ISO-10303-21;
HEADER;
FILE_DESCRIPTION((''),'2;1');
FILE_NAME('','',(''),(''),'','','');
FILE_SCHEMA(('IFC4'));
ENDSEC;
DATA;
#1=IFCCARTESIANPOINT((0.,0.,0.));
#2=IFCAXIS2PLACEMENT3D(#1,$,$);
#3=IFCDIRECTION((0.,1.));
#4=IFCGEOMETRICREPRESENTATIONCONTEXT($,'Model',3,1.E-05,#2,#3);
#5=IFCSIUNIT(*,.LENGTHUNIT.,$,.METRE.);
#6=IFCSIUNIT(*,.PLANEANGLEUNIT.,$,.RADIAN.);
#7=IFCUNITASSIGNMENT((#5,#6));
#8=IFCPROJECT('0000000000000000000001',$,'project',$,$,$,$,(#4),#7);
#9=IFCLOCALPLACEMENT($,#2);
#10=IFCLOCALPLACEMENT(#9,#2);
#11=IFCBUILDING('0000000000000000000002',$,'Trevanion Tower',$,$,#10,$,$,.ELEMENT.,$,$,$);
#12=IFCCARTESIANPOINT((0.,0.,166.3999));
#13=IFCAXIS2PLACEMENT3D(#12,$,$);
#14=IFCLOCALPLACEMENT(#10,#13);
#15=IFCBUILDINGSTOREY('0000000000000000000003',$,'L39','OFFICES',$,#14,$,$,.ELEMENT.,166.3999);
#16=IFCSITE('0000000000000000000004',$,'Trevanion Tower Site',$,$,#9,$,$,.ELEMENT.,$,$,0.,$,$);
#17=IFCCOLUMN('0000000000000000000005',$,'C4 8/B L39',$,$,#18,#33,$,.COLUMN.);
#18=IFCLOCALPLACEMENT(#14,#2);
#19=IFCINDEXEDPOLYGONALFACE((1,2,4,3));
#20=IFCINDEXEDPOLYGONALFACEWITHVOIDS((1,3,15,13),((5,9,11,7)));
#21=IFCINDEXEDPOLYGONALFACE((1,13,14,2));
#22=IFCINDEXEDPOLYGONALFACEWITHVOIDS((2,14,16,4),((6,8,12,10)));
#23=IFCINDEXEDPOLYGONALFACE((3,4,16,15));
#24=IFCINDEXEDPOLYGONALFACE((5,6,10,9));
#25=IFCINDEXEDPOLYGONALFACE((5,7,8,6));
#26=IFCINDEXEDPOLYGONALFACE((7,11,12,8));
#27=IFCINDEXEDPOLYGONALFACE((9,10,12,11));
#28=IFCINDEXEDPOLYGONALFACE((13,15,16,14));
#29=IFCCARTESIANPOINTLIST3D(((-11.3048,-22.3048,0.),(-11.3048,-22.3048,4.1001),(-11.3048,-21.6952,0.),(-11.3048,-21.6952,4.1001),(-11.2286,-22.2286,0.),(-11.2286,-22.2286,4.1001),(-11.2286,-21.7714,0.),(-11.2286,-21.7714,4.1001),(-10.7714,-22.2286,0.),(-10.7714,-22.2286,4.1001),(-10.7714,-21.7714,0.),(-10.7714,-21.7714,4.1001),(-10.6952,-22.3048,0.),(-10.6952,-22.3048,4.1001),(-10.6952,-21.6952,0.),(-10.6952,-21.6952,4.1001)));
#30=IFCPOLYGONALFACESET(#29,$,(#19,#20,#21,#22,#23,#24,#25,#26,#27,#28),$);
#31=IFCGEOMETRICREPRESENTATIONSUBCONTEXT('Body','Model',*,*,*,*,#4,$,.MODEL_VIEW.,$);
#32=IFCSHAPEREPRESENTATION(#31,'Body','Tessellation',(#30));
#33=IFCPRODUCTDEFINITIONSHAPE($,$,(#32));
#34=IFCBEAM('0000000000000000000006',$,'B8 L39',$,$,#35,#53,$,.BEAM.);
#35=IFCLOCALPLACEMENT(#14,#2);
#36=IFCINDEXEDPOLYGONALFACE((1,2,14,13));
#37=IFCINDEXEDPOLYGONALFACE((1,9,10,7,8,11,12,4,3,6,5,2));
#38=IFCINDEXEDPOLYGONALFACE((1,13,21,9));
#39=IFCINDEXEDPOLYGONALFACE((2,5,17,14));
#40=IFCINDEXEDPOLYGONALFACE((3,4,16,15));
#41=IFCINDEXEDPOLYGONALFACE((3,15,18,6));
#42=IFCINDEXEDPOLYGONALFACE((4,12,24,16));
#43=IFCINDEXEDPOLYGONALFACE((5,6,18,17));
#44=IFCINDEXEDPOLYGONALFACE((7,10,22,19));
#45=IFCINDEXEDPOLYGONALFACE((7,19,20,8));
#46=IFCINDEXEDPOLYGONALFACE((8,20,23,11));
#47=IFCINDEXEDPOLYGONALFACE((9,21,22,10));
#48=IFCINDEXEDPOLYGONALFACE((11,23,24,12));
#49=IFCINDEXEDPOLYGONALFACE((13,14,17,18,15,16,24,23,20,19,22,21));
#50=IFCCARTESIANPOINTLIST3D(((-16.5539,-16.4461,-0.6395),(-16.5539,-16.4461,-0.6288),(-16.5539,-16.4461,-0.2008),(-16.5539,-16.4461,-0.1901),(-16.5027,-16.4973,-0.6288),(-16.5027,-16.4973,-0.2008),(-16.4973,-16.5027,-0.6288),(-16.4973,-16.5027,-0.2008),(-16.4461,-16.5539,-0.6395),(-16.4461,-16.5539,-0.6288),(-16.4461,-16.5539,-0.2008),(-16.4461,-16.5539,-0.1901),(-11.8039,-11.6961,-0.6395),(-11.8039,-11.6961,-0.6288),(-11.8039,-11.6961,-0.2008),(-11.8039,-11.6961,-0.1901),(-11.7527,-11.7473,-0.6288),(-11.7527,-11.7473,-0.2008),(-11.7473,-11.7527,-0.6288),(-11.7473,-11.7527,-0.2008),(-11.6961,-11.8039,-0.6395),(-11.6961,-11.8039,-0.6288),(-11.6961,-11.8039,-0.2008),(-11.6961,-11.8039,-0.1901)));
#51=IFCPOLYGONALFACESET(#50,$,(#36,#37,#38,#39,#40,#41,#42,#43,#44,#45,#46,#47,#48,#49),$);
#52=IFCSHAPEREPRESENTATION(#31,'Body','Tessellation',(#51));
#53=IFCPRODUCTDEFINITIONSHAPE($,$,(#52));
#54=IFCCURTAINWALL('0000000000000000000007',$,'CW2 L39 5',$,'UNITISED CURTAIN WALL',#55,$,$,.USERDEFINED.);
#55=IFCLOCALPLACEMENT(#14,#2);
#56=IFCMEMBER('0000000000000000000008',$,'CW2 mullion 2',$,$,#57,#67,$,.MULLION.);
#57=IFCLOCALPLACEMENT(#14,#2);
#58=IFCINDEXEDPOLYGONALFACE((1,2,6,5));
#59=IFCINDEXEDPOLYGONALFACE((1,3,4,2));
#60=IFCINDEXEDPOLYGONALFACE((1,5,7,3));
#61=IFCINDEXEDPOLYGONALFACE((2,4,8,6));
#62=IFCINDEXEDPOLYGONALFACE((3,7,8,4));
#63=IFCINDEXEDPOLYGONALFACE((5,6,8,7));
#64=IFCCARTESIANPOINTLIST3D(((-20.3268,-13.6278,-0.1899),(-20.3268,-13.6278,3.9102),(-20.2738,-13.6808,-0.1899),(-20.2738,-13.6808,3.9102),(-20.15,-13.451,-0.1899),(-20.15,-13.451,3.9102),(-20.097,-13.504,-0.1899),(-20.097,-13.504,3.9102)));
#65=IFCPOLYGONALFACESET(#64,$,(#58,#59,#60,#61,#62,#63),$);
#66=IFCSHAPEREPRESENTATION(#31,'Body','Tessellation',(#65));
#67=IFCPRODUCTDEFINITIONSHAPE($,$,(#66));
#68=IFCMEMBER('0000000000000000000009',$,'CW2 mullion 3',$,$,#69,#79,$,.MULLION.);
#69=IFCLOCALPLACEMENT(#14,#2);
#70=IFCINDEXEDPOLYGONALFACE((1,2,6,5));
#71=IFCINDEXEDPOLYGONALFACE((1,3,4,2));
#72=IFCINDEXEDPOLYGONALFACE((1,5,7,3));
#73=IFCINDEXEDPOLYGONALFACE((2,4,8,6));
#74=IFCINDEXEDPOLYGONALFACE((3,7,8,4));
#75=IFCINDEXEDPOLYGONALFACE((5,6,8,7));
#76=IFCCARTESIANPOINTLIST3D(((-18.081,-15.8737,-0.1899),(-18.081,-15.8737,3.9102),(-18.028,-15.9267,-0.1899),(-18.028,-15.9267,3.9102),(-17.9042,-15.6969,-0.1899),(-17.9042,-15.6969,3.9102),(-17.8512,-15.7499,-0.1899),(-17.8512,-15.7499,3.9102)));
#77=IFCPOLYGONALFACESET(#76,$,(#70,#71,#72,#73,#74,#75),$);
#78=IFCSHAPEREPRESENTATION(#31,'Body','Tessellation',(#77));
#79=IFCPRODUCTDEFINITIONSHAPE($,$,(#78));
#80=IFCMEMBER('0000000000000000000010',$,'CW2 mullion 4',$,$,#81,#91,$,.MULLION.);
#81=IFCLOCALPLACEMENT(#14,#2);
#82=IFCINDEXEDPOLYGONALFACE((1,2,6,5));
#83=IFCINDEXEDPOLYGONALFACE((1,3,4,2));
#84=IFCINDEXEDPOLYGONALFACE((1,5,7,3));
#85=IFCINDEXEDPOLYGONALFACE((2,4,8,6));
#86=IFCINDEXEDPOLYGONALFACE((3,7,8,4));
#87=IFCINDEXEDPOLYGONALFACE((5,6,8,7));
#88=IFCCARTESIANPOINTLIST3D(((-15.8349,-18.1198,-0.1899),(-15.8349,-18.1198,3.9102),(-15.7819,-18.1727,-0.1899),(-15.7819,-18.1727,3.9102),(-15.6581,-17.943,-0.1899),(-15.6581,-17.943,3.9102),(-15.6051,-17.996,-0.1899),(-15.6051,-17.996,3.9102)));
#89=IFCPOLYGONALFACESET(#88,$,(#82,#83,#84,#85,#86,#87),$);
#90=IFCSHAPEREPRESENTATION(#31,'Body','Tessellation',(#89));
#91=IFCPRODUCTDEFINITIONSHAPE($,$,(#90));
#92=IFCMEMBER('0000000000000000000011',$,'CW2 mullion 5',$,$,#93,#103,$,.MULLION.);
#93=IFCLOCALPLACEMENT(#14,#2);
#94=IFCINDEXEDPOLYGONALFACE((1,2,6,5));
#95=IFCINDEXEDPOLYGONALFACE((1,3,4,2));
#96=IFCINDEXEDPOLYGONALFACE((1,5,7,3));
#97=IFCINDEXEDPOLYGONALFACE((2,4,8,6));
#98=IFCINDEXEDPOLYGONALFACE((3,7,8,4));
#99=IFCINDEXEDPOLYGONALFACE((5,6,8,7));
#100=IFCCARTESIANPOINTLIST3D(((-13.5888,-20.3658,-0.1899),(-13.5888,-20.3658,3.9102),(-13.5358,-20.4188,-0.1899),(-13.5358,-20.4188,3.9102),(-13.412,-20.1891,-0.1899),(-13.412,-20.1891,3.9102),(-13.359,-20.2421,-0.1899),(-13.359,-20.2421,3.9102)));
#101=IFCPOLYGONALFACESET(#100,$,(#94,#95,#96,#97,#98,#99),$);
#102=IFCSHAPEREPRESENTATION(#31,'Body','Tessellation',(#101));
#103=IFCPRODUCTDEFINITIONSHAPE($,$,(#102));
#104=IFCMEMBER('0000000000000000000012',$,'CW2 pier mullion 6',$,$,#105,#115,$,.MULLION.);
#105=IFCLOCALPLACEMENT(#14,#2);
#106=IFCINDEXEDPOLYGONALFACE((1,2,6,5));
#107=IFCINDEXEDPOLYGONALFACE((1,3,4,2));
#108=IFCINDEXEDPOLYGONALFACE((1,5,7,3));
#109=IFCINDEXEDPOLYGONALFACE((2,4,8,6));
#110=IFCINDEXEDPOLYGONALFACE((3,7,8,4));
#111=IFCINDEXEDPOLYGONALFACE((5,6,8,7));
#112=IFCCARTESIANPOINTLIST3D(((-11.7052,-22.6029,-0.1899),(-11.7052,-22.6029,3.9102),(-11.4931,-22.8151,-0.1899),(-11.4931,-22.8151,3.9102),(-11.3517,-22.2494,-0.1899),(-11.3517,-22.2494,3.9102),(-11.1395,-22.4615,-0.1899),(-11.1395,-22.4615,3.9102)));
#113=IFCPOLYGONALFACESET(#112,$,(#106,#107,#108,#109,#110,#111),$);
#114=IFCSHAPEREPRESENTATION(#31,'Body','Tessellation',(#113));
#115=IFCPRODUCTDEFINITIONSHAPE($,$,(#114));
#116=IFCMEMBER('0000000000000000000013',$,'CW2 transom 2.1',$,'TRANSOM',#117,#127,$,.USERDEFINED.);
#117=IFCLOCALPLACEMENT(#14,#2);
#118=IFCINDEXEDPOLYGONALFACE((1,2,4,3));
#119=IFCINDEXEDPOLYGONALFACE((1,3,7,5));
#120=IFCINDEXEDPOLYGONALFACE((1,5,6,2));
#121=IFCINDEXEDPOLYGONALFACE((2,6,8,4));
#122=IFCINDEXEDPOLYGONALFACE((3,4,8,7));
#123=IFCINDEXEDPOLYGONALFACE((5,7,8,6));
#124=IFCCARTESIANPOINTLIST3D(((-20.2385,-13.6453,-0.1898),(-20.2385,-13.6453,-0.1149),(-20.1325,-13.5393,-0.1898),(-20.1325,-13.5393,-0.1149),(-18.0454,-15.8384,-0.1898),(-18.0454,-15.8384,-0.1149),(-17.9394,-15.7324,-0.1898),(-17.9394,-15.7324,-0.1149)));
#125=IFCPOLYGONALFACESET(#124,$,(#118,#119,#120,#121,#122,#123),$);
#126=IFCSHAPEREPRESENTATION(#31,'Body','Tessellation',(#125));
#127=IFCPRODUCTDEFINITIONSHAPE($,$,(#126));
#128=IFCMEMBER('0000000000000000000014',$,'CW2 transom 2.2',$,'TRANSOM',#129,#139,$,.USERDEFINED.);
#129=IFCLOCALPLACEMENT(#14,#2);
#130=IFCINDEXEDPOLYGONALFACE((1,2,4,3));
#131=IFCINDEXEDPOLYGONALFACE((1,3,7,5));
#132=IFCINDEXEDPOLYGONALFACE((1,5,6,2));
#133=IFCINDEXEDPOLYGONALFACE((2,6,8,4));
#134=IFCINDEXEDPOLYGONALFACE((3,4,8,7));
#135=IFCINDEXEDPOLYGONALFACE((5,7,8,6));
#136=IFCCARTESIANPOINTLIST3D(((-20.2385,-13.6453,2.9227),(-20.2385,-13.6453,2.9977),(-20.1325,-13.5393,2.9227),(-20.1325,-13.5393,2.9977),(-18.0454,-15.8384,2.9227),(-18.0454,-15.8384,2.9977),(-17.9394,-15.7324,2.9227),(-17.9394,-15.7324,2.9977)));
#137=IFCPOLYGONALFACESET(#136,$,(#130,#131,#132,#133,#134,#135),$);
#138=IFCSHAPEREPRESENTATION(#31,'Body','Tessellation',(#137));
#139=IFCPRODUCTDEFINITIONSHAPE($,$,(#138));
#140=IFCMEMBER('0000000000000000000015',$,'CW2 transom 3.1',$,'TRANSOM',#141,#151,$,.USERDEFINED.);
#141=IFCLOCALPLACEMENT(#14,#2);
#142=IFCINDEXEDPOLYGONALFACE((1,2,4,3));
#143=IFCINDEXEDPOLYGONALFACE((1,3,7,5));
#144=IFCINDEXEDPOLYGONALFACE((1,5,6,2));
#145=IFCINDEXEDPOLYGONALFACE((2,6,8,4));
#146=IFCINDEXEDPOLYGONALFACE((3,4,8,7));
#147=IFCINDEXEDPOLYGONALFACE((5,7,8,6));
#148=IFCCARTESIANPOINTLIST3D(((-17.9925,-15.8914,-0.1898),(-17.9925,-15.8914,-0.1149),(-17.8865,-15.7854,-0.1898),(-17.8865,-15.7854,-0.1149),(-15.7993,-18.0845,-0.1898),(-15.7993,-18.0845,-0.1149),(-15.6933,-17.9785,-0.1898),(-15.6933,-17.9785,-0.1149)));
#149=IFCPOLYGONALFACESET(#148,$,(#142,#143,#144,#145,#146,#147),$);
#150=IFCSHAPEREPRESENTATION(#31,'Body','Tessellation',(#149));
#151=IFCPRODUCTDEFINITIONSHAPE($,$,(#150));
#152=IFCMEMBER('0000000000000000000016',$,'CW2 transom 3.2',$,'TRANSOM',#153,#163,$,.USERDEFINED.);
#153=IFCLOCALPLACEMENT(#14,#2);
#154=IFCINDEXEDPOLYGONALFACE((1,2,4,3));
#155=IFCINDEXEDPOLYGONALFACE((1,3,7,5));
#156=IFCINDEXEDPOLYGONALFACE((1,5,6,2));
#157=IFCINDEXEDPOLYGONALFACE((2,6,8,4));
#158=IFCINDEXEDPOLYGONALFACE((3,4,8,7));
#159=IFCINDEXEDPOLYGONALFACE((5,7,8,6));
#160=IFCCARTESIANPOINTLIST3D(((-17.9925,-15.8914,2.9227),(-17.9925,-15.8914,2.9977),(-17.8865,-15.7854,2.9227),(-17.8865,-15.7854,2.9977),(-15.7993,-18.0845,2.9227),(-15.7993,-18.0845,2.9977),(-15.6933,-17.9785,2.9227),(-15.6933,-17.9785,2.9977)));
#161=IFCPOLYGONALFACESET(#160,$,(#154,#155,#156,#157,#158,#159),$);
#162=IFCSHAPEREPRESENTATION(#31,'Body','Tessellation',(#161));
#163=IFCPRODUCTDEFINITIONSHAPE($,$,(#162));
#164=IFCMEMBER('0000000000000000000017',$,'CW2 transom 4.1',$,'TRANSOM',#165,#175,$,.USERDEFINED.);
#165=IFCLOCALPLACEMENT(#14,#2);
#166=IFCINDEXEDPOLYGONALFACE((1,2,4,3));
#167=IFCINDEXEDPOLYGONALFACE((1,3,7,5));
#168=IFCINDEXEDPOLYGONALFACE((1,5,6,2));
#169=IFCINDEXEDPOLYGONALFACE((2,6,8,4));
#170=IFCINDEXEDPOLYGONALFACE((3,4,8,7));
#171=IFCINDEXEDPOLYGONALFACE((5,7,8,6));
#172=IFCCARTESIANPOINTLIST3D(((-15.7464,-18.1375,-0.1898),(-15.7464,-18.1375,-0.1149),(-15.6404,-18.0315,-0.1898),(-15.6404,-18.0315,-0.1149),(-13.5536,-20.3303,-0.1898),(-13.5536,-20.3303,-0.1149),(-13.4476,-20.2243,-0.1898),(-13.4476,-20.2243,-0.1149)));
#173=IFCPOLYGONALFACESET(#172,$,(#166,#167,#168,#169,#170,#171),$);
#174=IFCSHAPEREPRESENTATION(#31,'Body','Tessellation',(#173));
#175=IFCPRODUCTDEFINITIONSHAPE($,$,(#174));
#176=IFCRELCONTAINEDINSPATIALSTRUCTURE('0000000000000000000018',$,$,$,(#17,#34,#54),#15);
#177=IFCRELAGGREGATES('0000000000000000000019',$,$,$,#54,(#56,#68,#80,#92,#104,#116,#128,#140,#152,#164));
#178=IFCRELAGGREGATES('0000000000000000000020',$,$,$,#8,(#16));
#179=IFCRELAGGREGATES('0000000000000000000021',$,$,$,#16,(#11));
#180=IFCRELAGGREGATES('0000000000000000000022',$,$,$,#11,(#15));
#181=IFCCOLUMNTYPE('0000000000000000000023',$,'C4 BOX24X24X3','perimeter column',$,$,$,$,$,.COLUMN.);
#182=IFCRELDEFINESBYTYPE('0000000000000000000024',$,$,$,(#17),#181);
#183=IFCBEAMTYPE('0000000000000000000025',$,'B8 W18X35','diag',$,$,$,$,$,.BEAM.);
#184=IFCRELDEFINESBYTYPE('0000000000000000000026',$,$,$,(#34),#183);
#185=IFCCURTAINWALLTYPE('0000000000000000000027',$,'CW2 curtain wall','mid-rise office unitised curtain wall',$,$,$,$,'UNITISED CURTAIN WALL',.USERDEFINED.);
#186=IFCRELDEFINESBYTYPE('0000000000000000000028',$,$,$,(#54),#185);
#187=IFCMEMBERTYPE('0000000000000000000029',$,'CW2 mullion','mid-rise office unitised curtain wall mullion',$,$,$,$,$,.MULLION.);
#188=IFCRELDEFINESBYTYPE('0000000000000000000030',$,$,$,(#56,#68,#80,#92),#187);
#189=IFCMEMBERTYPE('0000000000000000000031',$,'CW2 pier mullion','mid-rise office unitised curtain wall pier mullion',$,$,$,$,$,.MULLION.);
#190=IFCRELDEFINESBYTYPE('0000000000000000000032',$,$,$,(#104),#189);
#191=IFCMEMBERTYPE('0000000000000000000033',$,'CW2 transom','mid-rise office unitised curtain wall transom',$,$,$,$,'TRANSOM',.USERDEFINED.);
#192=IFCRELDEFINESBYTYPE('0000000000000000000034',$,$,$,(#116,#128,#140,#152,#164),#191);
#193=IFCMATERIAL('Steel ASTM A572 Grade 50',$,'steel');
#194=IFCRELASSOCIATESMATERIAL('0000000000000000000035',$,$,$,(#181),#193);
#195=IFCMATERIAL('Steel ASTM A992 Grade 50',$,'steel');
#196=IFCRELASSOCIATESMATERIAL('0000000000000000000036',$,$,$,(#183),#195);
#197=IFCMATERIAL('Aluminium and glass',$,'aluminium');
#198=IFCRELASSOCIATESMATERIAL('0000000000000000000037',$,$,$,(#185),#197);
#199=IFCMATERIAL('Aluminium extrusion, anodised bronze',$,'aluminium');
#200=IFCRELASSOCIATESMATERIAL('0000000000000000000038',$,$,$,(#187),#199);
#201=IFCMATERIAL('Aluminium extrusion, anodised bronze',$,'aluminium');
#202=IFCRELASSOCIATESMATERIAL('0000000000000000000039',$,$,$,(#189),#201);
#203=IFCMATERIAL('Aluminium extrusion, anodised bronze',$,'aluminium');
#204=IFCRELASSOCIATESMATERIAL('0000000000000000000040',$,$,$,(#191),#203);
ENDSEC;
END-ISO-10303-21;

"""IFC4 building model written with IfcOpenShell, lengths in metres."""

from ifc_helpers import new_model, si_unit, direction, frame, origin, origin_2d, place, context, subcontext, project, spatial, rectangle, hollow_rectangle, i_section, extrude, material, material_profile, profile_set, type_object, element, aggregate, save


model = new_model("IFC4")

# Units and contexts
model_context = context("Model", 3, precision=1e-05, world=origin(), true_north=direction((0.0, 1.0)))
body_context = subcontext(model_context, "Body", "Model", "MODEL_VIEW")
ifc_project = project(units=[si_unit("LENGTHUNIT", "METRE"), si_unit("PLANEANGLEUNIT", "RADIAN")], contexts=[model_context])

# Site, building, storey
site_placement = place(None, origin())
site = spatial("IfcSite", under=ifc_project, at=site_placement, Name="Trevanion Tower Site", CompositionType="ELEMENT", RefElevation=0.0)
building_placement = place(site_placement, origin())
building = spatial("IfcBuilding", under=site, at=building_placement, Name="Trevanion Tower", CompositionType="ELEMENT")
storey_placement = place(building_placement, frame((0.0, 0.0, 166.3999)))
storey = spatial("IfcBuildingStorey", under=building, at=storey_placement, Name="L39", Description="OFFICES", CompositionType="ELEMENT", Elevation=166.3999)

# Column
ifc_material_1 = material(Name="Steel ASTM A572 Grade 50", Category="steel")
ifc_material_profile_1 = material_profile(ifc_material_1, hollow_rectangle(XDim=0.6096, YDim=0.6096, WallThickness=0.0762, at=origin_2d()), Name="BOX24X24X3")
ifc_profile_set_1 = profile_set([ifc_material_profile_1], Name="Steel ASTM A572 Grade 50")
column_type = type_object("IfcColumnType", Name="C4 BOX24X24X3", Description="perimeter column", PredefinedType="COLUMN", material=ifc_profile_set_1)
column_placement = place(storey_placement, frame((-11.0, -22.0, 0.0), z_axis=(0.0, 0.0, 1.0), x_axis=(1.0, 0.0, 0.0)))
element("IfcColumn", 1, at=column_placement, inside=storey, type_object=column_type, Name="C4 8/B L39", PredefinedType="COLUMN", context=body_context, shape_type="SweptSolid", body=[
    extrude(hollow_rectangle(XDim=0.6096, YDim=0.6096, WallThickness=0.0762, at=origin_2d()), origin(), (0.0, 0.0, 1.0), 4.1001),
])

# Beam
ifc_material_2 = material(Name="Steel ASTM A992 Grade 50", Category="steel")
ifc_material_profile_2 = material_profile(ifc_material_2, i_section(OverallWidth=0.1523, OverallDepth=0.4495, WebThickness=0.0076, FlangeThickness=0.0107, at=origin_2d()), Name="W18X35")
ifc_profile_set_2 = profile_set([ifc_material_profile_2], Name="Steel ASTM A992 Grade 50")
beam_type_1 = type_object("IfcBeamType", Name="B8 W18X35", Description="diag", PredefinedType="BEAM", material=ifc_profile_set_2)
beam_1_placement = place(storey_placement, frame((-11.75, -11.75, -0.4148), z_axis=(-0.707107, -0.707107, 0.0), x_axis=(0.707107, -0.707107, 0.0)))
element("IfcBeam", 2, at=beam_1_placement, inside=storey, type_object=beam_type_1, Name="B8 L39", PredefinedType="BEAM", context=body_context, shape_type="SweptSolid", body=[
    extrude(i_section(OverallWidth=0.1523, OverallDepth=0.4495, WebThickness=0.0076, FlangeThickness=0.0107, at=origin_2d()), origin(), (0.0, 0.0, 1.0), 6.7175),
])

# Curtain wall, members
ifc_material_3 = material(Name="Aluminium and glass", Category="aluminium")
curtain_wall_type = type_object("IfcCurtainWallType", Name="CW2 curtain wall", Description="mid-rise office unitised curtain wall", ElementType="UNITISED CURTAIN WALL", PredefinedType="USERDEFINED", material=ifc_material_3)
curtain_wall_placement = place(storey_placement, origin())
curtain_wall = element("IfcCurtainWall", 3, at=curtain_wall_placement, inside=storey, type_object=curtain_wall_type, Name="CW2 L39 5", ObjectType="UNITISED CURTAIN WALL", PredefinedType="USERDEFINED")
ifc_material_4 = material(Name="Aluminium extrusion, anodised bronze", Category="aluminium")
ifc_material_profile_3 = material_profile(ifc_material_4, rectangle(XDim=0.075, YDim=0.25, at=origin_2d()), Name="CW2 mullion")
ifc_profile_set_3 = profile_set([ifc_material_profile_3], Name="Aluminium extrusion, anodised bronze")
member_type_1 = type_object("IfcMemberType", Name="CW2 mullion", Description="mid-rise office unitised curtain wall mullion", PredefinedType="MULLION", material=ifc_profile_set_3)
member_1_placement = place(storey_placement, frame((-20.2119, -13.5659, -0.1899), z_axis=(0.0, 0.0, 1.0), x_axis=(0.707107, -0.707107, 0.0)))
member_1 = element("IfcMember", 4, at=member_1_placement, type_object=member_type_1, Name="CW2 mullion 2", PredefinedType="MULLION", context=body_context, shape_type="SweptSolid", body=[
    extrude(rectangle(XDim=0.075, YDim=0.25, at=origin_2d()), origin(), (0.0, 0.0, 1.0), 4.1001),
])
member_2_placement = place(storey_placement, frame((-17.9661, -15.8118, -0.1899), z_axis=(0.0, 0.0, 1.0), x_axis=(0.707107, -0.707107, 0.0)))
member_2 = element("IfcMember", 5, at=member_2_placement, type_object=member_type_1, Name="CW2 mullion 3", PredefinedType="MULLION", context=body_context, shape_type="SweptSolid", body=[
    extrude(rectangle(XDim=0.075, YDim=0.25, at=origin_2d()), origin(), (0.0, 0.0, 1.0), 4.1001),
])
member_3_placement = place(storey_placement, frame((-15.72, -18.0579, -0.1899), z_axis=(0.0, 0.0, 1.0), x_axis=(0.707107, -0.707107, 0.0)))
member_3 = element("IfcMember", 6, at=member_3_placement, type_object=member_type_1, Name="CW2 mullion 4", PredefinedType="MULLION", context=body_context, shape_type="SweptSolid", body=[
    extrude(rectangle(XDim=0.075, YDim=0.25, at=origin_2d()), origin(), (0.0, 0.0, 1.0), 4.1001),
])
member_4_placement = place(storey_placement, frame((-13.4739, -20.304, -0.1899), z_axis=(0.0, 0.0, 1.0), x_axis=(0.707107, -0.707107, 0.0)))
member_4 = element("IfcMember", 7, at=member_4_placement, type_object=member_type_1, Name="CW2 mullion 5", PredefinedType="MULLION", context=body_context, shape_type="SweptSolid", body=[
    extrude(rectangle(XDim=0.075, YDim=0.25, at=origin_2d()), origin(), (0.0, 0.0, 1.0), 4.1001),
])
ifc_material_5 = material(Name="Aluminium extrusion, anodised bronze", Category="aluminium")
ifc_material_profile_4 = material_profile(ifc_material_5, rectangle(XDim=0.3, YDim=0.5, at=origin_2d()), Name="CW2 pier mullion")
ifc_profile_set_4 = profile_set([ifc_material_profile_4], Name="Aluminium extrusion, anodised bronze")
member_type_2 = type_object("IfcMemberType", Name="CW2 pier mullion", Description="mid-rise office unitised curtain wall pier mullion", PredefinedType="MULLION", material=ifc_profile_set_4)
member_5_placement = place(storey_placement, frame((-11.4224, -22.5322, -0.1899), z_axis=(0.0, 0.0, 1.0), x_axis=(0.707107, -0.707107, 0.0)))
member_5 = element("IfcMember", 8, at=member_5_placement, type_object=member_type_2, Name="CW2 pier mullion 6", PredefinedType="MULLION", context=body_context, shape_type="SweptSolid", body=[
    extrude(rectangle(XDim=0.3, YDim=0.5, at=origin_2d()), origin(), (0.0, 0.0, 1.0), 4.1001),
])
ifc_material_6 = material(Name="Aluminium extrusion, anodised bronze", Category="aluminium")
ifc_material_profile_5 = material_profile(ifc_material_6, rectangle(XDim=0.1499, YDim=0.075, at=origin_2d()), Name="CW2 transom")
ifc_profile_set_5 = profile_set([ifc_material_profile_5], Name="Aluminium extrusion, anodised bronze")
member_type_3 = type_object("IfcMemberType", Name="CW2 transom", Description="mid-rise office unitised curtain wall transom", ElementType="TRANSOM", PredefinedType="USERDEFINED", material=ifc_profile_set_5)
member_6_placement = place(storey_placement, frame((-20.1855, -13.5923, -0.1523), z_axis=(0.707107, -0.707107, 0.0), x_axis=(0.707107, 0.707107, 0.0)))
member_6 = element("IfcMember", 9, at=member_6_placement, type_object=member_type_3, Name="CW2 transom 2.1", ObjectType="TRANSOM", PredefinedType="USERDEFINED", context=body_context, shape_type="SweptSolid", body=[
    extrude(rectangle(XDim=0.1499, YDim=0.075, at=origin_2d()), origin(), (0.0, 0.0, 1.0), 3.1016),
])
member_7_placement = place(storey_placement, frame((-20.1855, -13.5923, 2.9602), z_axis=(0.707107, -0.707107, 0.0), x_axis=(0.707107, 0.707107, 0.0)))
member_7 = element("IfcMember", 10, at=member_7_placement, type_object=member_type_3, Name="CW2 transom 2.2", ObjectType="TRANSOM", PredefinedType="USERDEFINED", context=body_context, shape_type="SweptSolid", body=[
    extrude(rectangle(XDim=0.1499, YDim=0.075, at=origin_2d()), origin(), (0.0, 0.0, 1.0), 3.1016),
])
member_8_placement = place(storey_placement, frame((-17.9395, -15.8384, -0.1523), z_axis=(0.707107, -0.707107, 0.0), x_axis=(0.707107, 0.707107, 0.0)))
member_8 = element("IfcMember", 11, at=member_8_placement, type_object=member_type_3, Name="CW2 transom 3.1", ObjectType="TRANSOM", PredefinedType="USERDEFINED", context=body_context, shape_type="SweptSolid", body=[
    extrude(rectangle(XDim=0.1499, YDim=0.075, at=origin_2d()), origin(), (0.0, 0.0, 1.0), 3.1016),
])
member_9_placement = place(storey_placement, frame((-17.9395, -15.8384, 2.9602), z_axis=(0.707107, -0.707107, 0.0), x_axis=(0.707107, 0.707107, 0.0)))
member_9 = element("IfcMember", 12, at=member_9_placement, type_object=member_type_3, Name="CW2 transom 3.2", ObjectType="TRANSOM", PredefinedType="USERDEFINED", context=body_context, shape_type="SweptSolid", body=[
    extrude(rectangle(XDim=0.1499, YDim=0.075, at=origin_2d()), origin(), (0.0, 0.0, 1.0), 3.1016),
])
member_10_placement = place(storey_placement, frame((-15.6934, -18.0845, -0.1523), z_axis=(0.707107, -0.707107, 0.0), x_axis=(0.707107, 0.707107, 0.0)))
member_10 = element("IfcMember", 13, at=member_10_placement, type_object=member_type_3, Name="CW2 transom 4.1", ObjectType="TRANSOM", PredefinedType="USERDEFINED", context=body_context, shape_type="SweptSolid", body=[
    extrude(rectangle(XDim=0.1499, YDim=0.075, at=origin_2d()), origin(), (0.0, 0.0, 1.0), 3.1011),
])

aggregate(curtain_wall, [member_1, member_2, member_3, member_4, member_5, member_6, member_7, member_8, member_9, member_10])

save(model, "model.ifc")
